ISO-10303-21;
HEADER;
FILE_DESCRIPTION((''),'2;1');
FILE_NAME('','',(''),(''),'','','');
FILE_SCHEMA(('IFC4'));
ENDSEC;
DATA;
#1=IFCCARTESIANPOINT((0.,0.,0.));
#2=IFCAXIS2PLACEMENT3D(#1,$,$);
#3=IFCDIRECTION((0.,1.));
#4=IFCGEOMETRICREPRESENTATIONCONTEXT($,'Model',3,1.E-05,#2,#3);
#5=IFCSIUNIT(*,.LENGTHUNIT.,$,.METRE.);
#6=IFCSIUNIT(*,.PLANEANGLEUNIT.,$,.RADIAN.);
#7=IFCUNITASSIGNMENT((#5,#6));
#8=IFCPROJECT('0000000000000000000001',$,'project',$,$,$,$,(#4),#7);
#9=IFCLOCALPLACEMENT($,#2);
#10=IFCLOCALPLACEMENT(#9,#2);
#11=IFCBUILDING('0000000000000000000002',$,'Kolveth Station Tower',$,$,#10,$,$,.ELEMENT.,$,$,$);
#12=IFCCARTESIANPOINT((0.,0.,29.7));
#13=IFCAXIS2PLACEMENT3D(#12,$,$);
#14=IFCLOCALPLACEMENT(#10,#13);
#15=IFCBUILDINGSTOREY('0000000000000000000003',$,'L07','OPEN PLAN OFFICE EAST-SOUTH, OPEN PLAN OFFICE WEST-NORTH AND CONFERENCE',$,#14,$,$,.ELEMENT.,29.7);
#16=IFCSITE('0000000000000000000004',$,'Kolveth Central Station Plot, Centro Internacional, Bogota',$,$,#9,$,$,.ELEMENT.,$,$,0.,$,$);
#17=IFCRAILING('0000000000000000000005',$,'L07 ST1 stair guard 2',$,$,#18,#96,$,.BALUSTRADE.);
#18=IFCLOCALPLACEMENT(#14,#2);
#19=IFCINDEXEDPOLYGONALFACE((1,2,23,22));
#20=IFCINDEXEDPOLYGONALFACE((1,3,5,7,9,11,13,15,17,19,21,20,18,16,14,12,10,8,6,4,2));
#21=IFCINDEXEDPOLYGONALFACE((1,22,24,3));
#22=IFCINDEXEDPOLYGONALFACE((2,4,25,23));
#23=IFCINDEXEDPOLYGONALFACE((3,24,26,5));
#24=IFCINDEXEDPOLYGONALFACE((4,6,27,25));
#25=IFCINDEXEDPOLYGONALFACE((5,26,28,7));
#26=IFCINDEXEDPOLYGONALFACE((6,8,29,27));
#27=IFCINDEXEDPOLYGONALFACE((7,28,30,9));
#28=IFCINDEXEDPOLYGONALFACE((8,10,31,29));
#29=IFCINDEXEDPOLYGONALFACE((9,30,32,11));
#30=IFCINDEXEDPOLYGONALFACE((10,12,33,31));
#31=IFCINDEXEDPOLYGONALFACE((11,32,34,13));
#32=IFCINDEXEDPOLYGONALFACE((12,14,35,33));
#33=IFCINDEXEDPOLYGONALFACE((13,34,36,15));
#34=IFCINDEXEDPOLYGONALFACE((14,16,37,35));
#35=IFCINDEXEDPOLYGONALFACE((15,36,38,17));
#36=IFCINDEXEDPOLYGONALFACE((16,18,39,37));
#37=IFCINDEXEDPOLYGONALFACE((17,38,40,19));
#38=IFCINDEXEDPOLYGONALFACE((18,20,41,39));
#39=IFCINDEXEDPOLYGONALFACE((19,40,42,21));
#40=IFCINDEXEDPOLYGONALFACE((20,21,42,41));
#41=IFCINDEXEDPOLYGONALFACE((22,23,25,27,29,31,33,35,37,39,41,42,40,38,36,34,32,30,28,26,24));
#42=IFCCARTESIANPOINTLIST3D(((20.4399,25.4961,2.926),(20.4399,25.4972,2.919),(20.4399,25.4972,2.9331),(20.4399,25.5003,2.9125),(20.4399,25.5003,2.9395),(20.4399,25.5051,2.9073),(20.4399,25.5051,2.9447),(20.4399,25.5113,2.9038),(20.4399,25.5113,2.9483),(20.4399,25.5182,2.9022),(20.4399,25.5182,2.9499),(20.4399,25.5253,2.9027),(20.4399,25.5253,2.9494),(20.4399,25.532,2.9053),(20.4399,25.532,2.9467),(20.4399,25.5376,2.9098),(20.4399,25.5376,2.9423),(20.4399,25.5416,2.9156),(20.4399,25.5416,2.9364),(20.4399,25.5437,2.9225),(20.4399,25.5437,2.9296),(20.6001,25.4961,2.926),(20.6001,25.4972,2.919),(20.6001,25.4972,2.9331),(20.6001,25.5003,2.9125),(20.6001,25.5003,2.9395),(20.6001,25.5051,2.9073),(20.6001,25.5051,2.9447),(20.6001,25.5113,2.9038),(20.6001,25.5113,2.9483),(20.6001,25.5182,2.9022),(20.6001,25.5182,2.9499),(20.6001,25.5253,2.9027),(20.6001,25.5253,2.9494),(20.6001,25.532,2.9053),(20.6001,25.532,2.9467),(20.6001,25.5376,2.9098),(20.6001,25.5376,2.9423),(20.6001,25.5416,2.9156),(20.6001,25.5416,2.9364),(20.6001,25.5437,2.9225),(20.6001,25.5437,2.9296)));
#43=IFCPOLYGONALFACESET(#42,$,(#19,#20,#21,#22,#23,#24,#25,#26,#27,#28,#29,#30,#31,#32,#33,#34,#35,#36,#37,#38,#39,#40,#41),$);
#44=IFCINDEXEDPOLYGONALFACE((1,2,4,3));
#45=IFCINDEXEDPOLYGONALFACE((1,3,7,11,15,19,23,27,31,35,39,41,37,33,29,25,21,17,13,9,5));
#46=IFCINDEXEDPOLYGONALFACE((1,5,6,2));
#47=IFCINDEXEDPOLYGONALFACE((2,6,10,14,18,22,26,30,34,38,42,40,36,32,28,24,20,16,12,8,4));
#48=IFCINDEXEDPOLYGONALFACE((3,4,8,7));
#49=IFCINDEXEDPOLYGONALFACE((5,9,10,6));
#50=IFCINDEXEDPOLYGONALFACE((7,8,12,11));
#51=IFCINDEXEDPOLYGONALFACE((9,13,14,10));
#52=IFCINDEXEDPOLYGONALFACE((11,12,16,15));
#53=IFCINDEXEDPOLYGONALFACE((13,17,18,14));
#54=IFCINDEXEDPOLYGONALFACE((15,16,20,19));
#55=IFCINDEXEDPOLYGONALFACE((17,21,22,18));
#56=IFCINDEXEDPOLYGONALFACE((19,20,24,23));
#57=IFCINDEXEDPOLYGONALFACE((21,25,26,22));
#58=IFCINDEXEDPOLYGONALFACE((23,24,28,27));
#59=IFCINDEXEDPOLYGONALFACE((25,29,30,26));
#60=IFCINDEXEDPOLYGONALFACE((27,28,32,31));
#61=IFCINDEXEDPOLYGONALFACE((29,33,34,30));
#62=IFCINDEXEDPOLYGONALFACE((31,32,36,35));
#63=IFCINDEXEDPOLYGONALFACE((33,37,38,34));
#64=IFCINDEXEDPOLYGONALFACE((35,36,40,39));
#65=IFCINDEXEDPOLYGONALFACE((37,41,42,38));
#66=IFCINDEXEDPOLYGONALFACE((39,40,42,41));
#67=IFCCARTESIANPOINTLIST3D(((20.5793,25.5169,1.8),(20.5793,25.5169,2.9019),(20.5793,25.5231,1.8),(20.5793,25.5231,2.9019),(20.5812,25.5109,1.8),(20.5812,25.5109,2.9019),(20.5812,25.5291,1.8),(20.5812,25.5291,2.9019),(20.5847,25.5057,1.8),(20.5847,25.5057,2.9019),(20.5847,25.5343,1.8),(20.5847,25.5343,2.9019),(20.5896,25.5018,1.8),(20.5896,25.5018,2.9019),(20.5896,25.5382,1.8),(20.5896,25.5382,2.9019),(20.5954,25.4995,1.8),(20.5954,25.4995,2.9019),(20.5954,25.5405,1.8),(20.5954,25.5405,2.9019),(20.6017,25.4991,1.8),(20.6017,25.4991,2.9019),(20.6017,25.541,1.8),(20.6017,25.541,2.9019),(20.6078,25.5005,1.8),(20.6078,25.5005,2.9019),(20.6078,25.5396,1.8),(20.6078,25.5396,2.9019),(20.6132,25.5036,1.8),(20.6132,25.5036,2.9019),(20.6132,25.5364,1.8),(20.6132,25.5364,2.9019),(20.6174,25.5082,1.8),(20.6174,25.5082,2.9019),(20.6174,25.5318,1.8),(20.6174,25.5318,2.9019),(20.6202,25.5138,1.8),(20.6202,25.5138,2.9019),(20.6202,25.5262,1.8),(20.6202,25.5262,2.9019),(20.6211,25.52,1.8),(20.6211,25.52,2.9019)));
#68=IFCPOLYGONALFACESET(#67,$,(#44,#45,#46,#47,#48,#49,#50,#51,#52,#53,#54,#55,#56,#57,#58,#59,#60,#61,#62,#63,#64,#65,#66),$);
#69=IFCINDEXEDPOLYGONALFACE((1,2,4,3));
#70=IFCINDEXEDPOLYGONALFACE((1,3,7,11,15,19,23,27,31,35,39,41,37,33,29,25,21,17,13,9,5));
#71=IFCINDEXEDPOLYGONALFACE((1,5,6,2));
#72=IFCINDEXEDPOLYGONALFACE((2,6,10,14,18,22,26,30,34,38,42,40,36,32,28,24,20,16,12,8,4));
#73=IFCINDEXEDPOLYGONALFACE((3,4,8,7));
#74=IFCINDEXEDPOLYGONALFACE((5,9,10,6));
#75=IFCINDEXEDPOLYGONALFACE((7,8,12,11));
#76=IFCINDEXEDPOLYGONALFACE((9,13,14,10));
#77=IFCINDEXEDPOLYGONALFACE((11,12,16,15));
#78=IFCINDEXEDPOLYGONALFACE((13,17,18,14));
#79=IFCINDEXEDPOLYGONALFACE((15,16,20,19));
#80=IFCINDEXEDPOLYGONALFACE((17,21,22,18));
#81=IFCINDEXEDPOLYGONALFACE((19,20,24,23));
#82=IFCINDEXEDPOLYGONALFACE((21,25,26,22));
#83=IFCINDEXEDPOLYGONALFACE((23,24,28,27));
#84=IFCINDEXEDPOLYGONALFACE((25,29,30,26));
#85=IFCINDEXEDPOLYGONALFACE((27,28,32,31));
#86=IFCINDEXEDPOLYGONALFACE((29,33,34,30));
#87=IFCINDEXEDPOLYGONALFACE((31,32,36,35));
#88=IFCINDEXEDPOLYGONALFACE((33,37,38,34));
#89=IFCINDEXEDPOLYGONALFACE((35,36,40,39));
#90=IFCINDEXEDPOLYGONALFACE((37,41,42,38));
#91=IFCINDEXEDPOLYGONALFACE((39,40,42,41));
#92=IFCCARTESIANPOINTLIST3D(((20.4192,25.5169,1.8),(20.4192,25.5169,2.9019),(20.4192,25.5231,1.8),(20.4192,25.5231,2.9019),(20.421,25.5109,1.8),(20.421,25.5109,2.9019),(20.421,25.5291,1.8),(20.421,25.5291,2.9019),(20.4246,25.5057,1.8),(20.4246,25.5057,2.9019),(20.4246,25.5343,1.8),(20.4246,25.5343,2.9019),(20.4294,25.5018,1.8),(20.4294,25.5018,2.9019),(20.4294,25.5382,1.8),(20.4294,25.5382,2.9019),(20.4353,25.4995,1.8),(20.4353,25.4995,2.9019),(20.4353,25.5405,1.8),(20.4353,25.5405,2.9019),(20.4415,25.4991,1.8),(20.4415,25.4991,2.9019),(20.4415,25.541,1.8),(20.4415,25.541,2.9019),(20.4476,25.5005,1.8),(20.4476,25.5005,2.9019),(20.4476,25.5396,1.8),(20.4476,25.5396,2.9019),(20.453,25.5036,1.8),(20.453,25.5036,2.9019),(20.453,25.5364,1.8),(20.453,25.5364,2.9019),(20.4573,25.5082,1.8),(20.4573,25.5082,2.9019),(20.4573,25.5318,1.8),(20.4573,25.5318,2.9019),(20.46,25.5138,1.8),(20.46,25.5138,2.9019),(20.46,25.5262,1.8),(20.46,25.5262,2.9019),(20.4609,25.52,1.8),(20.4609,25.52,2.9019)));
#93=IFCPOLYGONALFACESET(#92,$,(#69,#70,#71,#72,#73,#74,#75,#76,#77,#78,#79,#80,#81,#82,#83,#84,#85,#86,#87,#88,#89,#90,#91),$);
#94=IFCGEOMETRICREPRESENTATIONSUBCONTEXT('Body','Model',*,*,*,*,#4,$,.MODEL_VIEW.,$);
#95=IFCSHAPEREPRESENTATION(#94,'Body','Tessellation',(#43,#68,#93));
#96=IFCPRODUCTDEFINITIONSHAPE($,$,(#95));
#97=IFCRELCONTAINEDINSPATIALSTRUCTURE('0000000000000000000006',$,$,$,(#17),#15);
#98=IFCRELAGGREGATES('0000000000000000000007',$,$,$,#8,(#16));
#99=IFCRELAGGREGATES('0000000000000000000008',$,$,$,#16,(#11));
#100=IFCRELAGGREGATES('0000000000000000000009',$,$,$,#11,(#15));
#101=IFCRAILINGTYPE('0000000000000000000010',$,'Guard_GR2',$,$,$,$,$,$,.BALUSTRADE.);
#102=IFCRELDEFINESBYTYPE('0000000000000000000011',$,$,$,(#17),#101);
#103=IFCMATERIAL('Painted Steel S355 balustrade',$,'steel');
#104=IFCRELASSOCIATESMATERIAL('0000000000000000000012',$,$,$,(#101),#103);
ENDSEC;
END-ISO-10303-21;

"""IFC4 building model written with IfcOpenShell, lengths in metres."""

from ifc_helpers import new_model, si_unit, direction, frame, origin, origin_2d, place, context, subcontext, project, spatial, circle, extrude, material, type_object, element, save


model = new_model("IFC4")

# Units and contexts
model_context = context("Model", 3, precision=1e-05, world=origin(), true_north=direction((0.0, 1.0)))
body_context = subcontext(model_context, "Body", "Model", "MODEL_VIEW")
ifc_project = project(units=[si_unit("LENGTHUNIT", "METRE"), si_unit("PLANEANGLEUNIT", "RADIAN")], contexts=[model_context])

# Site, building, storey
site_placement = place(None, origin())
site = spatial("IfcSite", under=ifc_project, at=site_placement, Name="Kolveth Central Station Plot, Centro Internacional, Bogota", CompositionType="ELEMENT", RefElevation=0.0)
building_placement = place(site_placement, origin())
building = spatial("IfcBuilding", under=site, at=building_placement, Name="Kolveth Station Tower", CompositionType="ELEMENT")
storey_placement = place(building_placement, frame((0.0, 0.0, 29.7)))
storey = spatial("IfcBuildingStorey", under=building, at=storey_placement, Name="L07", Description="OPEN PLAN OFFICE EAST-SOUTH, OPEN PLAN OFFICE WEST-NORTH AND CONFERENCE", CompositionType="ELEMENT", Elevation=29.7)

# Railing
ifc_material_1 = material(Name="Painted Steel S355 balustrade", Category="steel")
railing_type_1 = type_object("IfcRailingType", Name="Guard_GR2", PredefinedType="BALUSTRADE", material=ifc_material_1)
railing_1_placement = place(storey_placement, frame((20.6001, 25.52, 1.8)))
element("IfcRailing", 1, at=railing_1_placement, inside=storey, type_object=railing_type_1, Name="L07 ST1 stair guard 2", PredefinedType="BALUSTRADE", context=body_context, shape_type="SweptSolid", body=[
    extrude(circle(Radius=0.0239, at=origin_2d()), frame((0.0, 0.0, 1.126), z_axis=(-1.0, 0.0, 0.0), x_axis=(0.0, -1.0, 0.0)), (0.0, 0.0, 1.0), 0.1602),
    extrude(circle(Radius=0.021, at=origin_2d()), origin(), (0.0, 0.0, 1.0), 1.1018),
    extrude(circle(Radius=0.021, at=origin_2d()), frame((-0.1602, 0.0, 0.0)), (0.0, 0.0, 1.0), 1.1018),
])

save(model, "model.ifc")
